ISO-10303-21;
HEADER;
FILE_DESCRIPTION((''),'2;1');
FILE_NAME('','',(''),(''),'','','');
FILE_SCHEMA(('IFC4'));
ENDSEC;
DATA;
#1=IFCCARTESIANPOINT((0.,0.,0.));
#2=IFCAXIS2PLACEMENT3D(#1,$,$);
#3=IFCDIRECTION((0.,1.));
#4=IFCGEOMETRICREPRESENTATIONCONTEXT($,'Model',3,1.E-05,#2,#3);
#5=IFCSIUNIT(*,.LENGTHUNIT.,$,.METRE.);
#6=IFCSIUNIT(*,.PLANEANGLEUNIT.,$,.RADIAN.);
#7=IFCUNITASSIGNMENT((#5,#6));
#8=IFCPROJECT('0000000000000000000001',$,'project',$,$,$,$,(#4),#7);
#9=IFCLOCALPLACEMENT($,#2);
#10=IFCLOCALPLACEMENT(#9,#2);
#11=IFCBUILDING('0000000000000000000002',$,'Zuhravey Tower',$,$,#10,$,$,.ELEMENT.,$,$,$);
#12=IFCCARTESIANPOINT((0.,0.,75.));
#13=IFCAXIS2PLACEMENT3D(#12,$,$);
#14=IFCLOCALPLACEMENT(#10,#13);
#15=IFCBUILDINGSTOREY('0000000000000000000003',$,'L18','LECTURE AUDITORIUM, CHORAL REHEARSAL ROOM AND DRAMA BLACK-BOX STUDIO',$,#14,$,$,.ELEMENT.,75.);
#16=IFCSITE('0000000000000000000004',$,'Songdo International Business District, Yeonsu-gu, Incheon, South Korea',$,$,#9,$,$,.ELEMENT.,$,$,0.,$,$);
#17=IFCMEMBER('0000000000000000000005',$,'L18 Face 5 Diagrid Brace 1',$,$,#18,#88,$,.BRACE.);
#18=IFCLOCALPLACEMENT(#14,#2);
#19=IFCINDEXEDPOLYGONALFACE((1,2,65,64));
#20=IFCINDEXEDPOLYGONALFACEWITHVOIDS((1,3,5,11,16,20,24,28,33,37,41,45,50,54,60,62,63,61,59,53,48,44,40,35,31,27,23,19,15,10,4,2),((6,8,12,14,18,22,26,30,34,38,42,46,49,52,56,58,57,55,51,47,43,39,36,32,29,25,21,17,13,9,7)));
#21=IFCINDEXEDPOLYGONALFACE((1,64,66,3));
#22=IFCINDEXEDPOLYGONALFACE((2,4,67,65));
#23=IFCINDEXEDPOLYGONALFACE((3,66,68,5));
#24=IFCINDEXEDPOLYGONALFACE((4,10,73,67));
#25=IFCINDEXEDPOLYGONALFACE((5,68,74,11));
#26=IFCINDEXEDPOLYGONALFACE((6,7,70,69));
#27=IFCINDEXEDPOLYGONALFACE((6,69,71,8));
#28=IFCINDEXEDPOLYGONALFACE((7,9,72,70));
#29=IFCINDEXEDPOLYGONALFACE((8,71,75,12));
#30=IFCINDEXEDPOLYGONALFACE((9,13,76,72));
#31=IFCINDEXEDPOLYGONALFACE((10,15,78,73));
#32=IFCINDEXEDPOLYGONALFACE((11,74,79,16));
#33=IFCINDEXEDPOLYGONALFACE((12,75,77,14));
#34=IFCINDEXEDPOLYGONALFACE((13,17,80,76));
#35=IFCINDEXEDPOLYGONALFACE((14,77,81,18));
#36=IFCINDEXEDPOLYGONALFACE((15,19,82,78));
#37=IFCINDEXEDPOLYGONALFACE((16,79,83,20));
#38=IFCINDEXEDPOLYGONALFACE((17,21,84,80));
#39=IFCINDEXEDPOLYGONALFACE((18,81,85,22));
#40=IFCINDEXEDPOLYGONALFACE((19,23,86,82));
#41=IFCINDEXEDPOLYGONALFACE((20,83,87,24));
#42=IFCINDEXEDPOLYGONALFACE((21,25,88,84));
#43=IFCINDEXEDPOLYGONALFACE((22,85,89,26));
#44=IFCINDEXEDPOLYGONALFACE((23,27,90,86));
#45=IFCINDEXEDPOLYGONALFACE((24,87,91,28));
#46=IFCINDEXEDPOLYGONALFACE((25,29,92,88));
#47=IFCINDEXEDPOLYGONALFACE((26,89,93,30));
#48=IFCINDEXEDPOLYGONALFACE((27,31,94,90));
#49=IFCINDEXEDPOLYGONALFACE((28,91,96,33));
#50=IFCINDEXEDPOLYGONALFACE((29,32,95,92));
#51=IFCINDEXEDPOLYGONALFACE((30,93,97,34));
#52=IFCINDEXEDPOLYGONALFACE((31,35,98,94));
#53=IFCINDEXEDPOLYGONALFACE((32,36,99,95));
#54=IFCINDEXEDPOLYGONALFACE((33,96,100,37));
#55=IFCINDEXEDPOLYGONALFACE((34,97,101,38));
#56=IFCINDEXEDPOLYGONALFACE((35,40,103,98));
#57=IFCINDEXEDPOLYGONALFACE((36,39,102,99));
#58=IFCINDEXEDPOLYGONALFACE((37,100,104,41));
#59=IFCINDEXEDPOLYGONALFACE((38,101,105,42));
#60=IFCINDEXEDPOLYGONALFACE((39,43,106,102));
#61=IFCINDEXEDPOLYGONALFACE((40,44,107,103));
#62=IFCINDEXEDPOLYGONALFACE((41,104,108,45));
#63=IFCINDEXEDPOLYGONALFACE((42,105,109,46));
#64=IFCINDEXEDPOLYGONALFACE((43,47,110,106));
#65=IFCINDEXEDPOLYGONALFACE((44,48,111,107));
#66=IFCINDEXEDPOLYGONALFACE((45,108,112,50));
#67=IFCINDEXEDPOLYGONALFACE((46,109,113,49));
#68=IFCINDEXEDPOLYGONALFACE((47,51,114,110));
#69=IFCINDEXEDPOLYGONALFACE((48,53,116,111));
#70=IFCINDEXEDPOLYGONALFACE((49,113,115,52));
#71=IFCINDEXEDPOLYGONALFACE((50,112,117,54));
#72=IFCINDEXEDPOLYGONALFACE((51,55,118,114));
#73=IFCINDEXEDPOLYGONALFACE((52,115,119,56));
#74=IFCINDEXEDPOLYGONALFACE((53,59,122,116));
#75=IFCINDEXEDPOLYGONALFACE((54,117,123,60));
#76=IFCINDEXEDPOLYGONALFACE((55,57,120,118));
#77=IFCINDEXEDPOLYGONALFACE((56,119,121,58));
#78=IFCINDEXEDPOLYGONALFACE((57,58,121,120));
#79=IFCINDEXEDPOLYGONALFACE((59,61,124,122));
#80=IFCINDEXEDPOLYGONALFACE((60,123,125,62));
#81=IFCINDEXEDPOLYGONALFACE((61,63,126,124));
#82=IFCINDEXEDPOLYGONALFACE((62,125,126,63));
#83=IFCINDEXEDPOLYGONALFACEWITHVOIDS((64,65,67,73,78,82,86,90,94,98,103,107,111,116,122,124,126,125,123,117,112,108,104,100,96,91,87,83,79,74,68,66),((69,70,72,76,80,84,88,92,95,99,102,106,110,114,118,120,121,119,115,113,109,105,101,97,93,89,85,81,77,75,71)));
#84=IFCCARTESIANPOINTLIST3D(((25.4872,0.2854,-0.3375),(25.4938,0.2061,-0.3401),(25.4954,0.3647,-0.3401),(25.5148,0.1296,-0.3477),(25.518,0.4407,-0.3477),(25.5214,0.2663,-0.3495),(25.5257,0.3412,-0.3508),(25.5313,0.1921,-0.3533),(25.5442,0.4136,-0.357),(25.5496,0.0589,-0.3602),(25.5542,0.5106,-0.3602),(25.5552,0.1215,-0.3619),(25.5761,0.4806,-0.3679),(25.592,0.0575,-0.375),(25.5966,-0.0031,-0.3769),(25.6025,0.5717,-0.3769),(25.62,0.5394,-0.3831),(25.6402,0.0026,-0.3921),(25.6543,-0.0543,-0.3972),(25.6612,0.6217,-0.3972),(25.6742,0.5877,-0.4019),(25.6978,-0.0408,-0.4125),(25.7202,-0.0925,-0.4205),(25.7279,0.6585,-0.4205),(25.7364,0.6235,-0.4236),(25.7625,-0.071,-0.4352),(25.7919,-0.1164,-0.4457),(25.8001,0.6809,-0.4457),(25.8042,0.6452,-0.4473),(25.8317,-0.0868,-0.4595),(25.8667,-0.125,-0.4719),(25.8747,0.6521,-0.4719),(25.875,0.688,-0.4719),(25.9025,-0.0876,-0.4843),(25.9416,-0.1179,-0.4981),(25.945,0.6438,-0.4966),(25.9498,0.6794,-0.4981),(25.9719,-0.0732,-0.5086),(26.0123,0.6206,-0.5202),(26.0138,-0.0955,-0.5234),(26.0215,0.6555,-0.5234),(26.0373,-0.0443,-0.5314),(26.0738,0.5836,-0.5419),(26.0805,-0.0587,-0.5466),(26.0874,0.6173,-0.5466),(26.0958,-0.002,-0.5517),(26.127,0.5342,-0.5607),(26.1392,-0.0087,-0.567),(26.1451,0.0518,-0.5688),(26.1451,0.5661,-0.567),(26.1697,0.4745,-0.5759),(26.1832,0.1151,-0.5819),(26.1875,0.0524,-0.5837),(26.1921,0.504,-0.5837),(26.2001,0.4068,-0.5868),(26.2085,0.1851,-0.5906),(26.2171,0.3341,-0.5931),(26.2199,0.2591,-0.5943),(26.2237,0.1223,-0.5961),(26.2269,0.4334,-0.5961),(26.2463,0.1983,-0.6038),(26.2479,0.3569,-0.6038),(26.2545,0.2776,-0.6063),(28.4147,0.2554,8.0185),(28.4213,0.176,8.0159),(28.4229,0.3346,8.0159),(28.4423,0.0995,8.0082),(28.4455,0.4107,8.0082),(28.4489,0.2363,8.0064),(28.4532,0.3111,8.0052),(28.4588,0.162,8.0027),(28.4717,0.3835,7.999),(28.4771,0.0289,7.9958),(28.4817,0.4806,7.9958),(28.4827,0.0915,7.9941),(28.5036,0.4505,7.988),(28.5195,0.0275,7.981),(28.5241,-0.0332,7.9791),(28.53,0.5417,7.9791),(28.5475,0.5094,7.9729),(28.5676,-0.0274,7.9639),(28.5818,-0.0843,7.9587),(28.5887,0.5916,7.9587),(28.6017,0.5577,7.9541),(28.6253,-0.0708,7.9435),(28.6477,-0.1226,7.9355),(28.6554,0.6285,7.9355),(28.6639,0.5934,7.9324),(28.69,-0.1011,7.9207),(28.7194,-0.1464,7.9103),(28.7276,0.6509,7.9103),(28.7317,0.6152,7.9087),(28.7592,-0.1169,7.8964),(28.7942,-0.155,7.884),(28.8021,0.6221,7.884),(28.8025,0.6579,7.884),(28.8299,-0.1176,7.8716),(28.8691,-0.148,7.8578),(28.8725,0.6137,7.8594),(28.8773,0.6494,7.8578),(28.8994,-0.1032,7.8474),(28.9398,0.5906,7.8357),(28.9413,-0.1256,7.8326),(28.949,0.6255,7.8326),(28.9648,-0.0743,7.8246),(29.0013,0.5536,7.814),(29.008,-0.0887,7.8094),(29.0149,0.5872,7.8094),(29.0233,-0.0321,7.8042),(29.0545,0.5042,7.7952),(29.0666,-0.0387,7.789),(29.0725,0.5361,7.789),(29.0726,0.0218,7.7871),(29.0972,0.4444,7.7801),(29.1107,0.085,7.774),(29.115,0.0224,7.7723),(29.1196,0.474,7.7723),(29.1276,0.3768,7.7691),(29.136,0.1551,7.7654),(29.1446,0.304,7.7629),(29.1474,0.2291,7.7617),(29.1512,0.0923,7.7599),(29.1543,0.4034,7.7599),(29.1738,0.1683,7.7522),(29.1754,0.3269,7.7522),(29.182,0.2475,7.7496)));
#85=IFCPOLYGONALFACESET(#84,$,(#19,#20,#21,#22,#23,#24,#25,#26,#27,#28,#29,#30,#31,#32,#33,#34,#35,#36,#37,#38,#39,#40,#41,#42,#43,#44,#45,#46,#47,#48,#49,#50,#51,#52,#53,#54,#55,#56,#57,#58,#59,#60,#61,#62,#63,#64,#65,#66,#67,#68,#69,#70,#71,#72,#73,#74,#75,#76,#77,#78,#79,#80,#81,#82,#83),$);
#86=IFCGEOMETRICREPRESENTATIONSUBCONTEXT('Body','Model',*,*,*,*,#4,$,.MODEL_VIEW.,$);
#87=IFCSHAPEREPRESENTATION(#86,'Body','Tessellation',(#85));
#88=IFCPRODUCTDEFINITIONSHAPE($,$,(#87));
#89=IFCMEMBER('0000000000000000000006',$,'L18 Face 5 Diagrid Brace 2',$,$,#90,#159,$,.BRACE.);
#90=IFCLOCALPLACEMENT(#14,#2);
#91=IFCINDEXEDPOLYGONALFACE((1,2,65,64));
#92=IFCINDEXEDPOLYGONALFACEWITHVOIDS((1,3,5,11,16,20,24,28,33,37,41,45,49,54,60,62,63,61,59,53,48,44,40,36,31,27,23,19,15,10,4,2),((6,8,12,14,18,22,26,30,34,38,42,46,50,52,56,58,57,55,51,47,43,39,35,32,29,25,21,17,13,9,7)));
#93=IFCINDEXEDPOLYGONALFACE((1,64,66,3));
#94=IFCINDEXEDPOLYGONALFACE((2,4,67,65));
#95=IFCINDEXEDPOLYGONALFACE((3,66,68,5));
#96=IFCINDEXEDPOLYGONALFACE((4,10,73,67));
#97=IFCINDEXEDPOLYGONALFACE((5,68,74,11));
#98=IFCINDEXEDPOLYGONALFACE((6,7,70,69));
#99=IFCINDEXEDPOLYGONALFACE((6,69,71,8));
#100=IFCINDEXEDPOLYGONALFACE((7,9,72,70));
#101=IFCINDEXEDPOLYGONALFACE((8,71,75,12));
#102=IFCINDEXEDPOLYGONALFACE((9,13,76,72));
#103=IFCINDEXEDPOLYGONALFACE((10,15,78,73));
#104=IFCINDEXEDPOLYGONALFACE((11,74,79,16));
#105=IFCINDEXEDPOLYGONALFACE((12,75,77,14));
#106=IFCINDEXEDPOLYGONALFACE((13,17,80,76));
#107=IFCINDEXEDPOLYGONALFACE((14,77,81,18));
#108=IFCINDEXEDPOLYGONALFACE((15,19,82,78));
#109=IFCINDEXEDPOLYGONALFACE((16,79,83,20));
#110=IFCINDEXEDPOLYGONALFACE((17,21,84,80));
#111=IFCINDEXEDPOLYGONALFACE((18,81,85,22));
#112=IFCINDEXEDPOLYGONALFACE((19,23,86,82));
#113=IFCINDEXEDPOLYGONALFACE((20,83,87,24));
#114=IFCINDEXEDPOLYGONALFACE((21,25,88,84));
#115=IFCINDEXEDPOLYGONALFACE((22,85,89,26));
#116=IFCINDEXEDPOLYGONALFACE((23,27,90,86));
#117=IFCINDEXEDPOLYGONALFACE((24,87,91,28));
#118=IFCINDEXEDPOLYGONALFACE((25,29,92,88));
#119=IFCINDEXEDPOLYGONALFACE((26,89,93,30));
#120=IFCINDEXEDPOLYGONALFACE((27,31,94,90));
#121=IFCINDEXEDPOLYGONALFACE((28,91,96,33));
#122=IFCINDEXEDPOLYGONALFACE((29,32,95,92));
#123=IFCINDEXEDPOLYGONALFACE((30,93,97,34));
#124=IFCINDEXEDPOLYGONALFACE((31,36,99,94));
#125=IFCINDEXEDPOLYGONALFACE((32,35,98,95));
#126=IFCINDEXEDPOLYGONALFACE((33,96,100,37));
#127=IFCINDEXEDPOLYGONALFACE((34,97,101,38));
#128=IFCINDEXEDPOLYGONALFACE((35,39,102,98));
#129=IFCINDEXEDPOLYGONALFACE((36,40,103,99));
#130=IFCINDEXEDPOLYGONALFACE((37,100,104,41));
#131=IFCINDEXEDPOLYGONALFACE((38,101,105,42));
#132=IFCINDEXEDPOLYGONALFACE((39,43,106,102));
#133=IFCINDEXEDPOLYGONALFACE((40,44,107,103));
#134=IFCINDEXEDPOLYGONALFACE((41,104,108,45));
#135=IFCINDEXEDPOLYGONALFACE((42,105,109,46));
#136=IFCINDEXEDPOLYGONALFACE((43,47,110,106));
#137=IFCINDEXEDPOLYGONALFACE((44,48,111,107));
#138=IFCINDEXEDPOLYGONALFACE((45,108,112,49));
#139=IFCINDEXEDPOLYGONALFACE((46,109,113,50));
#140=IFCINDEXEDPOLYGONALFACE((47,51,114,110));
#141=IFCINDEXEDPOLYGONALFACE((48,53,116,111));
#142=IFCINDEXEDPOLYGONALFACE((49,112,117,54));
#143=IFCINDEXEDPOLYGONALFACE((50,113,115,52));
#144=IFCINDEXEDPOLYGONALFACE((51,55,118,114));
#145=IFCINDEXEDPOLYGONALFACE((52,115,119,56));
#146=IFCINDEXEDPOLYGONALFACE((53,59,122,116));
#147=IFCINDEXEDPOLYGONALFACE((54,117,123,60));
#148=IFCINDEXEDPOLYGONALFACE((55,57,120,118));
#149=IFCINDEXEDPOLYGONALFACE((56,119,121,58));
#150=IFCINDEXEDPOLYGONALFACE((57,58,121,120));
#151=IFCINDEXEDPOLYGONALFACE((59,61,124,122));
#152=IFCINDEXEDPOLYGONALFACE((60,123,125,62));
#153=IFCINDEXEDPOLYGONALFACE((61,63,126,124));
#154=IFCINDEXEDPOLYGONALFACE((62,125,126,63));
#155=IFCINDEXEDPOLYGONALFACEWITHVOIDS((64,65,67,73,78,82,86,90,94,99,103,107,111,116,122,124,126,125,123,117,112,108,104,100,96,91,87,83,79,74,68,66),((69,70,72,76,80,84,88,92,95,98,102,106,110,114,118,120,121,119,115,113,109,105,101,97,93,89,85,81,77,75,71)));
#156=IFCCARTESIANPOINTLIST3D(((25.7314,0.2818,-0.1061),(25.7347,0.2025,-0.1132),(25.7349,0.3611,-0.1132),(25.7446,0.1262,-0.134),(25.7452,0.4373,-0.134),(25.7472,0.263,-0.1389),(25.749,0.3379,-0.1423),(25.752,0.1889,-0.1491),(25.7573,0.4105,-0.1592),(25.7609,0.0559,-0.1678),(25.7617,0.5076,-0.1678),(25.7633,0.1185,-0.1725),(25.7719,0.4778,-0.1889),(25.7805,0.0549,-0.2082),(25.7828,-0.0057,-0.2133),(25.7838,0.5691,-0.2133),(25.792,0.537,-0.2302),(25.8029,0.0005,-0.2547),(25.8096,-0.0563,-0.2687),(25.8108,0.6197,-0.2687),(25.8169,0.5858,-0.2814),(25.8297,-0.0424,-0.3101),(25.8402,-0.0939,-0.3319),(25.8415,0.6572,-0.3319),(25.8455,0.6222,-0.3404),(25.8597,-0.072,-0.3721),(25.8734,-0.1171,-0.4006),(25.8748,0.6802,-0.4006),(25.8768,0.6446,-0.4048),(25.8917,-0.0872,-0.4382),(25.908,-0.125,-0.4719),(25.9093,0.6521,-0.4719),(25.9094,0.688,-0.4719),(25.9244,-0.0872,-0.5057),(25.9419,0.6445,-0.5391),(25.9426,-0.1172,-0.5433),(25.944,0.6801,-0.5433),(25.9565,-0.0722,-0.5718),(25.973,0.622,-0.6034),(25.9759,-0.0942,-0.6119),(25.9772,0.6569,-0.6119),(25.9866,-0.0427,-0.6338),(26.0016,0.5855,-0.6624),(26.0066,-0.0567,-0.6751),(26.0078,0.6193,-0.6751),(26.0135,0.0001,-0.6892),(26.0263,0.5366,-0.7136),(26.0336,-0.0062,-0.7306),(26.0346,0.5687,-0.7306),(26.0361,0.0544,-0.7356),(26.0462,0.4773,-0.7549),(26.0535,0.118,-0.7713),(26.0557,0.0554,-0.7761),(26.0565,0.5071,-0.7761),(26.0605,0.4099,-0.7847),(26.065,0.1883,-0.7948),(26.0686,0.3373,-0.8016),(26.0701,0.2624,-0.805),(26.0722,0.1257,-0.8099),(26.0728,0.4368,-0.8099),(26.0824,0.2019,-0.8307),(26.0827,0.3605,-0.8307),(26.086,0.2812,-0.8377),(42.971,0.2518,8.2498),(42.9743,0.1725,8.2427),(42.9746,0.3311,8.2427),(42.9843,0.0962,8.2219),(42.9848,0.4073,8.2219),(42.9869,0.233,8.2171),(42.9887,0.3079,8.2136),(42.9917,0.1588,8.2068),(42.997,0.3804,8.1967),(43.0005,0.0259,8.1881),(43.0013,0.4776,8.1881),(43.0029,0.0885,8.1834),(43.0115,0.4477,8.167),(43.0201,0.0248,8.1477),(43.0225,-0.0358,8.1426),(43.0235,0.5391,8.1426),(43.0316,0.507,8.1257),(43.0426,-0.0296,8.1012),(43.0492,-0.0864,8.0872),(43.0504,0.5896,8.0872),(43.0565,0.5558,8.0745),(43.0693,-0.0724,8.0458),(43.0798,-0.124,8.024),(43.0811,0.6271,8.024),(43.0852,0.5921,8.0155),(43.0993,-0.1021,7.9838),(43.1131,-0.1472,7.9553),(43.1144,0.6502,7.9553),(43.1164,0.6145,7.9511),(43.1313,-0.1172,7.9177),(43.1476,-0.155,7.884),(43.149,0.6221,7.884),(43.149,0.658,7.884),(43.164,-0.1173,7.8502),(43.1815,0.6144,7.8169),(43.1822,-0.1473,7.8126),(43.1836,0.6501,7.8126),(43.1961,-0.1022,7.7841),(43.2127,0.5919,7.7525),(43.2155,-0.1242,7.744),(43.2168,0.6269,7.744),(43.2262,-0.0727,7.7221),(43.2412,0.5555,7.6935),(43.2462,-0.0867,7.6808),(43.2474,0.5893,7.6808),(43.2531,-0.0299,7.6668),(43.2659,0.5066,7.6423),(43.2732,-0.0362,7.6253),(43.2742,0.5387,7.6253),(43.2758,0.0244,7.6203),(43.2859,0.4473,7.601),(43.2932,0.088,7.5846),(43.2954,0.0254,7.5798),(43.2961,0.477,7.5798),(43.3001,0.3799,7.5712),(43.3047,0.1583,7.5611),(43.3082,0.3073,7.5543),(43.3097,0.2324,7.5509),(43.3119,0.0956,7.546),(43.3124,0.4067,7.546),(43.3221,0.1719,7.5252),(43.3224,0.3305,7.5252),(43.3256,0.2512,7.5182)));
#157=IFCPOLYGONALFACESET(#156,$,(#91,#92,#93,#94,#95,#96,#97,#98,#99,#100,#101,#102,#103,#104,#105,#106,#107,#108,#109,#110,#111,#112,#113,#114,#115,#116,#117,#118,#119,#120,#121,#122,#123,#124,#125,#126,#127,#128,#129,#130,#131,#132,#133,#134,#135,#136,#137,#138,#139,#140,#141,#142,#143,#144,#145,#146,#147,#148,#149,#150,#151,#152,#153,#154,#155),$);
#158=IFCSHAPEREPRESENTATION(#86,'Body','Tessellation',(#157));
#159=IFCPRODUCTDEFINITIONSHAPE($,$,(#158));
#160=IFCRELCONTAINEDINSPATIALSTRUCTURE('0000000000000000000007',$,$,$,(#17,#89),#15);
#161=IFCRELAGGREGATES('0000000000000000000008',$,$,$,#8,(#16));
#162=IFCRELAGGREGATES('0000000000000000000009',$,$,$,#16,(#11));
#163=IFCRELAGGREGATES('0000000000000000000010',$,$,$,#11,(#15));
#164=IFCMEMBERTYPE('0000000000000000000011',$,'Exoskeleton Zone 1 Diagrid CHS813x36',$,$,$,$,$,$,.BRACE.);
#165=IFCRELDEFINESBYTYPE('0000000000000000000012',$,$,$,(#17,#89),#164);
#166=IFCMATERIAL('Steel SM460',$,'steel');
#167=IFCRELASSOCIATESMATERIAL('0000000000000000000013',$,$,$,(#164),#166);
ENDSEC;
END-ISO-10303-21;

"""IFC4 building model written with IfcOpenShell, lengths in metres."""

from ifc_helpers import new_model, si_unit, direction, frame, origin, origin_2d, place, context, subcontext, project, spatial, hollow_circle, extrude, material, material_profile, profile_set, type_object, element, save


model = new_model("IFC4")

# Units and contexts
model_context = context("Model", 3, precision=1e-05, world=origin(), true_north=direction((0.0, 1.0)))
body_context = subcontext(model_context, "Body", "Model", "MODEL_VIEW")
ifc_project = project(units=[si_unit("LENGTHUNIT", "METRE"), si_unit("PLANEANGLEUNIT", "RADIAN")], contexts=[model_context])

# Site, building, storey
site_placement = place(None, origin())
site = spatial("IfcSite", under=ifc_project, at=site_placement, Name="Songdo International Business District, Yeonsu-gu, Incheon, South Korea", CompositionType="ELEMENT", RefElevation=0.0)
building_placement = place(site_placement, origin())
building = spatial("IfcBuilding", under=site, at=building_placement, Name="Zuhravey Tower", CompositionType="ELEMENT")
storey_placement = place(building_placement, frame((0.0, 0.0, 75.0)))
storey = spatial("IfcBuildingStorey", under=building, at=storey_placement, Name="L18", Description="LECTURE AUDITORIUM, CHORAL REHEARSAL ROOM AND DRAMA BLACK-BOX STUDIO", CompositionType="ELEMENT", Elevation=75.0)

# Members
ifc_material_1 = material(Name="Steel SM460", Category="steel")
ifc_material_profile_1 = material_profile(ifc_material_1, hollow_circle(Radius=0.4065, WallThickness=0.0359, at=origin_2d()), Name="CHS-812.8x36")
ifc_profile_set_1 = profile_set([ifc_material_profile_1], Name="Steel SM460")
member_type_1 = type_object("IfcMemberType", Name="Exoskeleton Zone 1 Diagrid CHS813x36", PredefinedType="BRACE", material=ifc_profile_set_1)
member_1_placement = place(storey_placement, frame((25.8708, 0.2815, -0.4719), z_axis=(0.330641, -0.003392, 0.943751), x_axis=(0.010257, 0.999947, 0.0)))
element("IfcMember", 1, at=member_1_placement, inside=storey, type_object=member_type_1, Name="L18 Face 5 Diagrid Brace 1", PredefinedType="BRACE", context=body_context, shape_type="SweptSolid", body=[
    extrude(hollow_circle(Radius=0.4065, WallThickness=0.0359, at=origin_2d()), origin(), (0.0, 0.0, 1.0), 8.854),
])
member_2_placement = place(storey_placement, frame((25.9087, 0.2815, -0.4719), z_axis=(0.899868, -0.001567, 0.436159), x_axis=(0.001742, 0.999998, 0.0)))
element("IfcMember", 2, at=member_2_placement, inside=storey, type_object=member_type_1, Name="L18 Face 5 Diagrid Brace 2", PredefinedType="BRACE", context=body_context, shape_type="SweptSolid", body=[
    extrude(hollow_circle(Radius=0.4065, WallThickness=0.0359, at=origin_2d()), origin(), (0.0, 0.0, 1.0), 19.158),
])

save(model, "model.ifc")
